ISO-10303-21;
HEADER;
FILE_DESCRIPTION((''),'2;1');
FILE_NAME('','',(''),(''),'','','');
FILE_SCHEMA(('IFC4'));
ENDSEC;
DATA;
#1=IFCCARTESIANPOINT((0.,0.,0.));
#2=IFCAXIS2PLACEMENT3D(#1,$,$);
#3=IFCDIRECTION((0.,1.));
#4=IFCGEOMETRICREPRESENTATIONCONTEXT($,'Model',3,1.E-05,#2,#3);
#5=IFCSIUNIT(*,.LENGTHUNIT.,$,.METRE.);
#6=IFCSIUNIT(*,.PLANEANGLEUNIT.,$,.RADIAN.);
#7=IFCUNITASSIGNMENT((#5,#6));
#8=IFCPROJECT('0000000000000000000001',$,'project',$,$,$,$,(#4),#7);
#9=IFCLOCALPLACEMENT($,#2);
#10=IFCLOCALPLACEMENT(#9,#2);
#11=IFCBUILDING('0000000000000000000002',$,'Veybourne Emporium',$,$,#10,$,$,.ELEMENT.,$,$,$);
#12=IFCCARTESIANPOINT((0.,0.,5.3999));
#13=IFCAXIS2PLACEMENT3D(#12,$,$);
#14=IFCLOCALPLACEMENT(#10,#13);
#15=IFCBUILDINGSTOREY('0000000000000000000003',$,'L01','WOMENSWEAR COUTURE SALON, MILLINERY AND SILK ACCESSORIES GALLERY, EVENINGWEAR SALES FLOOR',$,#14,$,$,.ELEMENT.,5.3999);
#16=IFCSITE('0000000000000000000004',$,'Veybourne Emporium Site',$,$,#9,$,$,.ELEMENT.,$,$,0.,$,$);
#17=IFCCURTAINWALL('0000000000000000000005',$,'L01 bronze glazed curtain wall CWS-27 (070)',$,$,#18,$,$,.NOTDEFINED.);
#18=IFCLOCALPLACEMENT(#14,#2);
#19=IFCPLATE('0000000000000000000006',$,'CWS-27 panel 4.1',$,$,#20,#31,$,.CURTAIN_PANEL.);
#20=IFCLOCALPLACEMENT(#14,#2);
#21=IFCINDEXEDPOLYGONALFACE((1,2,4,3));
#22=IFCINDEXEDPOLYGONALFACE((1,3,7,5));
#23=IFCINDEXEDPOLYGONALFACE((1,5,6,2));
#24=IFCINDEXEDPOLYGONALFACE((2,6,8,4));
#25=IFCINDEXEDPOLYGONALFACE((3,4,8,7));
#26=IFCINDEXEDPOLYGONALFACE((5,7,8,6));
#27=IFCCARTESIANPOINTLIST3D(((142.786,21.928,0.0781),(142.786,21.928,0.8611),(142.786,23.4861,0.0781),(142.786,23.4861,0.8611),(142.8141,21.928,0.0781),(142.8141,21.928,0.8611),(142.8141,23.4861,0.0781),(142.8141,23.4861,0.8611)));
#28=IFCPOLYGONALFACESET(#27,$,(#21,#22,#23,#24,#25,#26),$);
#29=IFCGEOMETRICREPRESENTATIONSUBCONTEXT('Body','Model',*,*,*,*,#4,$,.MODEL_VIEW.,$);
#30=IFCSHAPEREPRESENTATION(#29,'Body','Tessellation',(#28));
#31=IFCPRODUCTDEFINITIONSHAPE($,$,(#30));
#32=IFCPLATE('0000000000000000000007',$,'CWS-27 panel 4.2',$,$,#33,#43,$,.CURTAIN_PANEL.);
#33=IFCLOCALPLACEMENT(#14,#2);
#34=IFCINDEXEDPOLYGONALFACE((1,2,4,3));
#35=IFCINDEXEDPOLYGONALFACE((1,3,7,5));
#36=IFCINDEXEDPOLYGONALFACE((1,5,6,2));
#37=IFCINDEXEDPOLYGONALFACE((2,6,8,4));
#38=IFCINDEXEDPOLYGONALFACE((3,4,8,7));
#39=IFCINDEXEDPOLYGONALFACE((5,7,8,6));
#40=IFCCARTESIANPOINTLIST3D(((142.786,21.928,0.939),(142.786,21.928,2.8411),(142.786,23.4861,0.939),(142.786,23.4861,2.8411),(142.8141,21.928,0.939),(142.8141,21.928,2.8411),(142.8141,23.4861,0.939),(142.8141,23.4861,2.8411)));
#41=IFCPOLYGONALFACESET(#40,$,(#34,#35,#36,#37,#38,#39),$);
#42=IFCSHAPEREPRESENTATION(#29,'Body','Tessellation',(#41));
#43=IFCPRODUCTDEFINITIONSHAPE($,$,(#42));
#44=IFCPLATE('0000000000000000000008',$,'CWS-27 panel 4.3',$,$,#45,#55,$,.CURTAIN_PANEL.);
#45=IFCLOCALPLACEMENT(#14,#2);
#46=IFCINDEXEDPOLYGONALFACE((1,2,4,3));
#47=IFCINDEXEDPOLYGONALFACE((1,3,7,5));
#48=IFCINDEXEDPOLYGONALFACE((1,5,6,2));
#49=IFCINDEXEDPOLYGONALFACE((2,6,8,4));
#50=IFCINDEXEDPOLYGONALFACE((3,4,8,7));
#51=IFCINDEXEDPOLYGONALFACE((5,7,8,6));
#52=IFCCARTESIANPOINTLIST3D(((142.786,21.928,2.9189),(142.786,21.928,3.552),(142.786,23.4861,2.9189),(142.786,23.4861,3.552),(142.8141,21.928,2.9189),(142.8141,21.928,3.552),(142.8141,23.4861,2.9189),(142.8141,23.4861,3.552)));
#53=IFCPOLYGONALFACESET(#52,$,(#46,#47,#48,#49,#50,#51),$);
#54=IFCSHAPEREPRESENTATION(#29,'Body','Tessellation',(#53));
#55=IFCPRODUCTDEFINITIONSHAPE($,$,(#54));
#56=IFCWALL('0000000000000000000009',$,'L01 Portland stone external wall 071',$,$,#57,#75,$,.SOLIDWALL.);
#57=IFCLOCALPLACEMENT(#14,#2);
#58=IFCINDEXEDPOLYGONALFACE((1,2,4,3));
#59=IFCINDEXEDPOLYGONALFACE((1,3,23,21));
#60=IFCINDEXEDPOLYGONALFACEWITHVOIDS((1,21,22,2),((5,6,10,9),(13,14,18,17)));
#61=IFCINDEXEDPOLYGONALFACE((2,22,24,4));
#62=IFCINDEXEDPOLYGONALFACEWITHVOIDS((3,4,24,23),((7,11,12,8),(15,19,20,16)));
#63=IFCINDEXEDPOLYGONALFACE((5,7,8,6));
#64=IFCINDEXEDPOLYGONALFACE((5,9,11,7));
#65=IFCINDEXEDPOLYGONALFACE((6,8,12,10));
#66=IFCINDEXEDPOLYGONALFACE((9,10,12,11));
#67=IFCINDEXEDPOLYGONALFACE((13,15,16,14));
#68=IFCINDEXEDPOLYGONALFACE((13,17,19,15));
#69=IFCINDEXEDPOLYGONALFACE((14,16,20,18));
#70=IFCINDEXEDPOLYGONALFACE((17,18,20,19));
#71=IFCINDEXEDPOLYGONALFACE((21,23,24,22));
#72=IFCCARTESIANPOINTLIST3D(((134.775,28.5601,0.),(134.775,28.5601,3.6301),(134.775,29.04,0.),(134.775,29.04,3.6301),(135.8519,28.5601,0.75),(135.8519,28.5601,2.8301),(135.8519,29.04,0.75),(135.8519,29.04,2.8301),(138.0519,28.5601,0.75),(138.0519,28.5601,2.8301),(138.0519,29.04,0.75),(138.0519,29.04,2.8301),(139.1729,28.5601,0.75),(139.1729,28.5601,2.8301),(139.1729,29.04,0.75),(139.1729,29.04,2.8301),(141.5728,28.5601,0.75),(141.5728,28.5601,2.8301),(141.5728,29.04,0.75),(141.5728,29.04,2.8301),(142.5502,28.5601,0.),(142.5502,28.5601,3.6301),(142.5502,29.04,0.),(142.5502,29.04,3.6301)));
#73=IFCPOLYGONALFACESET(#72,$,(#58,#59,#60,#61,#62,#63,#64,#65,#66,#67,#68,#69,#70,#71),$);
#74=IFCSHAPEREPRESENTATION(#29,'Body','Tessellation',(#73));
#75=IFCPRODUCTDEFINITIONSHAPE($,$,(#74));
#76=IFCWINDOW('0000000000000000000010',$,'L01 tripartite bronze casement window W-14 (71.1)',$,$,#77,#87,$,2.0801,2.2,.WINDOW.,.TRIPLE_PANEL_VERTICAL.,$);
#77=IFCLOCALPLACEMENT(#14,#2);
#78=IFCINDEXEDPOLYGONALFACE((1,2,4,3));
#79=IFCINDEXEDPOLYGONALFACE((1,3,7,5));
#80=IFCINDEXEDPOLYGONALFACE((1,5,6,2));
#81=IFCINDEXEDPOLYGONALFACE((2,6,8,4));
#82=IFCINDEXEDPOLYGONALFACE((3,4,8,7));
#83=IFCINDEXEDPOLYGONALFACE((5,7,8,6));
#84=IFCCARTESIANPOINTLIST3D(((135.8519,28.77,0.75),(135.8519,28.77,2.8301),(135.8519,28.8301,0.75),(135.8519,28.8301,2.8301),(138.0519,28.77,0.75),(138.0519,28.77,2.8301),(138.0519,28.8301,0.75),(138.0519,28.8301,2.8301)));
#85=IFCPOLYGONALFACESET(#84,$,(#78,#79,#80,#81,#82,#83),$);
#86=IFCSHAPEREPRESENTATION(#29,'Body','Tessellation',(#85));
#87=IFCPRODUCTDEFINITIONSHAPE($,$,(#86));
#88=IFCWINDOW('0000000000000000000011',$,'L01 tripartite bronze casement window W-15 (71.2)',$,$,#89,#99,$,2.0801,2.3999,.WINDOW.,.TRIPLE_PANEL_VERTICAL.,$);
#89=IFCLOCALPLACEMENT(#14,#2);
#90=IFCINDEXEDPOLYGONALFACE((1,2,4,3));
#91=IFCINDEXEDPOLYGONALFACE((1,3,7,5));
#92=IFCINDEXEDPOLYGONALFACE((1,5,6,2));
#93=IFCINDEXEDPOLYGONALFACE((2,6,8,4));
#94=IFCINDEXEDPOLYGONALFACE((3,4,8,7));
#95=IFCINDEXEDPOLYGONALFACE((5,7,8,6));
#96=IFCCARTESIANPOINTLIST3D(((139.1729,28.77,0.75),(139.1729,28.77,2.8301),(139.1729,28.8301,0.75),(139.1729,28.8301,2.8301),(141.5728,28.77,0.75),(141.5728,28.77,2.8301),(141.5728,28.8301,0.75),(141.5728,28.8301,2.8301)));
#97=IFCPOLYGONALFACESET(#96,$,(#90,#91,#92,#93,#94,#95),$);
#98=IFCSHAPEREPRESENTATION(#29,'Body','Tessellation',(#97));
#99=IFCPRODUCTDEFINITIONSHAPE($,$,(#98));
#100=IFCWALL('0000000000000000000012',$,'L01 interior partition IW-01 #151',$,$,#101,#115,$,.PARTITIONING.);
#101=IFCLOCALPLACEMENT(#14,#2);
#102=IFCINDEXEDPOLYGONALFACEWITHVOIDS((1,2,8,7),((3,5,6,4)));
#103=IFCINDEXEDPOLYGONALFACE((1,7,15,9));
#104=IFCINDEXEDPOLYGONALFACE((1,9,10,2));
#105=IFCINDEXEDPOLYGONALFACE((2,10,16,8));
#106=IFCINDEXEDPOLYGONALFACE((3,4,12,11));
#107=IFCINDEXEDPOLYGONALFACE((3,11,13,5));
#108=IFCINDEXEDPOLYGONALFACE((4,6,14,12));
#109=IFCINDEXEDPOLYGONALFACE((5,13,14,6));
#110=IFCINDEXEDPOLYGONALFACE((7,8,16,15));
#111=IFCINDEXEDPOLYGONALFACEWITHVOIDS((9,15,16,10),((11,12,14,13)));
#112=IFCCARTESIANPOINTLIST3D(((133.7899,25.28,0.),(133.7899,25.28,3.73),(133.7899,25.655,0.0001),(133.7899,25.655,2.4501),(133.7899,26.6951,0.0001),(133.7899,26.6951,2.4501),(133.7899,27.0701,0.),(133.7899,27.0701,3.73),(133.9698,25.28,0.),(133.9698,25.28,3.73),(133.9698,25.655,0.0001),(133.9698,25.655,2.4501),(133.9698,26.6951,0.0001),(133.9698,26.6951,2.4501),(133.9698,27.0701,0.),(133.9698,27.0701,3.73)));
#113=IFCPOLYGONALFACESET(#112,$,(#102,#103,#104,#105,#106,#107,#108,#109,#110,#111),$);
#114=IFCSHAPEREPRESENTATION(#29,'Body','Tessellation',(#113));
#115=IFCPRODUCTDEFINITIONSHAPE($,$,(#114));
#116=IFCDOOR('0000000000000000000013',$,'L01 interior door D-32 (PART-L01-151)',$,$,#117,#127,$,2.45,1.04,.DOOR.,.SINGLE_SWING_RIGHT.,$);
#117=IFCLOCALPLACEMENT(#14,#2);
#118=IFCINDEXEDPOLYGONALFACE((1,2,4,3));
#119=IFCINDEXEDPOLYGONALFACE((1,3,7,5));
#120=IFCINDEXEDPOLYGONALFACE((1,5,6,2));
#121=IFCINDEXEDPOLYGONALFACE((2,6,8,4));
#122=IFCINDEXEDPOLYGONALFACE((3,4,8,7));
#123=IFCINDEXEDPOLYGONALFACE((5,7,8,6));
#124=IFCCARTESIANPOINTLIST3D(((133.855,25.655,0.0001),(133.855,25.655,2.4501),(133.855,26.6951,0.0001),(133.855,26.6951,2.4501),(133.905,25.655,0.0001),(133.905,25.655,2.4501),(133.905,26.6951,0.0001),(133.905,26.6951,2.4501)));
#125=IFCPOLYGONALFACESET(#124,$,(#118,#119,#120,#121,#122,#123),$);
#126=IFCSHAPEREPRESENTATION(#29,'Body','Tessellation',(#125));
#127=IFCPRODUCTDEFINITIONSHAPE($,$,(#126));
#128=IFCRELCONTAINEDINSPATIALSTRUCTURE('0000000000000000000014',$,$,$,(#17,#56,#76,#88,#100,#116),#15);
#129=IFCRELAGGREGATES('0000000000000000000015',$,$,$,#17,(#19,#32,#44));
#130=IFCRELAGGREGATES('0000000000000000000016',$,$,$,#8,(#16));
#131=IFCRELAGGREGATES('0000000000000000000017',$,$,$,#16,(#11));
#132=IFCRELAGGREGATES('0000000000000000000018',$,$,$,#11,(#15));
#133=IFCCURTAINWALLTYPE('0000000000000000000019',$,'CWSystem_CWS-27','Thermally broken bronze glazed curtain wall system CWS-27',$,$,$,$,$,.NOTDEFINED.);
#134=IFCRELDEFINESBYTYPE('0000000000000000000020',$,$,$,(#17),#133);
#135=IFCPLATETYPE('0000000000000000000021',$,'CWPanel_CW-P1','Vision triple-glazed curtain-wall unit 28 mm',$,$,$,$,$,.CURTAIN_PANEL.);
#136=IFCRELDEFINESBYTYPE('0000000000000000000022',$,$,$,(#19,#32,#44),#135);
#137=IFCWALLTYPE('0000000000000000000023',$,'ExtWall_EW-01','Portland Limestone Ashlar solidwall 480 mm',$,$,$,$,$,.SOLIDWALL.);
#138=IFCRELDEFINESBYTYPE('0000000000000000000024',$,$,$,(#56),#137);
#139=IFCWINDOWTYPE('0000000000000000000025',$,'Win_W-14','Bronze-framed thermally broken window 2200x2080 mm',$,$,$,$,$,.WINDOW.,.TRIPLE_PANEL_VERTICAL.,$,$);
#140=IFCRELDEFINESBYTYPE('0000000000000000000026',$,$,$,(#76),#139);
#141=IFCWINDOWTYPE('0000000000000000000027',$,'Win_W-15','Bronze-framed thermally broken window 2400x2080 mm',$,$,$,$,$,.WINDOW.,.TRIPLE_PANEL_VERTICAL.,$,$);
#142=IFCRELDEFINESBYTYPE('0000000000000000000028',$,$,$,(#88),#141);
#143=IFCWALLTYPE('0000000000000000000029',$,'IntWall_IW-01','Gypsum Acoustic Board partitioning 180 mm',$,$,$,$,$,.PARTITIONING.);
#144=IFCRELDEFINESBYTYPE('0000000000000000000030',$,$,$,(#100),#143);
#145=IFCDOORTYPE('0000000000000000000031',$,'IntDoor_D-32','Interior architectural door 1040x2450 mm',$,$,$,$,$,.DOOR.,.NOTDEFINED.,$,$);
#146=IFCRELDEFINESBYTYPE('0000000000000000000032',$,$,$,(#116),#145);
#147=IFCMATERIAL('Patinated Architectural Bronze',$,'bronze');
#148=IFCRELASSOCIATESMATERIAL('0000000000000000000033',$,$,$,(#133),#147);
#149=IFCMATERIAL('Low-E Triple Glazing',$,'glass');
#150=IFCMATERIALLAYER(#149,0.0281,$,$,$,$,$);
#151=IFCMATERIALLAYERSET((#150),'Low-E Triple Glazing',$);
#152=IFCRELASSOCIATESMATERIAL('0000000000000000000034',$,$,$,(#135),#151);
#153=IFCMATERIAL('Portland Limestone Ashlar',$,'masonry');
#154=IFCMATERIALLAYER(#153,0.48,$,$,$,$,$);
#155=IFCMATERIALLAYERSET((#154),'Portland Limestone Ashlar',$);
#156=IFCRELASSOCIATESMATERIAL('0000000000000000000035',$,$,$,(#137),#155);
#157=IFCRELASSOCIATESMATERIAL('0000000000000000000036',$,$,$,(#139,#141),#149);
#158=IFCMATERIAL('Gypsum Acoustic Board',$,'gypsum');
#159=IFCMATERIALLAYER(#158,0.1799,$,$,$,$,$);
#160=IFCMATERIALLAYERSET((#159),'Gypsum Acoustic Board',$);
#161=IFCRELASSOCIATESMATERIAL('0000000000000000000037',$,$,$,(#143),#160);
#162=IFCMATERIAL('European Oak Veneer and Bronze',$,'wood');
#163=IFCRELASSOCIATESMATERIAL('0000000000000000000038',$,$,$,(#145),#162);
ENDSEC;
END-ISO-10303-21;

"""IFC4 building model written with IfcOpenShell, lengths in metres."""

from ifc_helpers import new_model, si_unit, direction, frame, frame_2d, origin, origin_2d, place, context, subcontext, project, spatial, rectangle, extrude, material, layer, layer_set, type_object, element, fill, aggregate, save


model = new_model("IFC4")

# Units and contexts
model_context = context("Model", 3, precision=1e-05, world=origin(), true_north=direction((0.0, 1.0)))
body_context = subcontext(model_context, "Body", "Model", "MODEL_VIEW")
ifc_project = project(units=[si_unit("LENGTHUNIT", "METRE"), si_unit("PLANEANGLEUNIT", "RADIAN")], contexts=[model_context])

# Site, building, storey
site_placement = place(None, origin())
site = spatial("IfcSite", under=ifc_project, at=site_placement, Name="Veybourne Emporium Site", CompositionType="ELEMENT", RefElevation=0.0)
building_placement = place(site_placement, origin())
building = spatial("IfcBuilding", under=site, at=building_placement, Name="Veybourne Emporium", CompositionType="ELEMENT")
storey_placement = place(building_placement, frame((0.0, 0.0, 5.3999)))
storey = spatial("IfcBuildingStorey", under=building, at=storey_placement, Name="L01", Description="WOMENSWEAR COUTURE SALON, MILLINERY AND SILK ACCESSORIES GALLERY, EVENINGWEAR SALES FLOOR", CompositionType="ELEMENT", Elevation=5.3999)

# Curtain wall
ifc_material_1 = material(Name="Patinated Architectural Bronze", Category="bronze")
curtain_wall_type = type_object("IfcCurtainWallType", Name="CWSystem_CWS-27", Description="Thermally broken bronze glazed curtain wall system CWS-27", PredefinedType="NOTDEFINED", material=ifc_material_1)
curtain_wall_placement = place(storey_placement, origin())
curtain_wall = element("IfcCurtainWall", 1, at=curtain_wall_placement, inside=storey, type_object=curtain_wall_type, Name="L01 bronze glazed curtain wall CWS-27 (070)", PredefinedType="NOTDEFINED")

# Plates
ifc_material_2 = material(Name="Low-E Triple Glazing", Category="glass")
ifc_layer_1 = layer(ifc_material_2, 0.0281)
ifc_layer_set_1 = layer_set([ifc_layer_1], Name="Low-E Triple Glazing")
plate_type = type_object("IfcPlateType", Name="CWPanel_CW-P1", Description="Vision triple-glazed curtain-wall unit 28 mm", PredefinedType="CURTAIN_PANEL", material=ifc_layer_set_1)
plate_1_placement = place(storey_placement, frame((142.8, 22.707, 0.0781), z_axis=(0.0, 0.0, 1.0), x_axis=(0.0, -1.0, 0.0)))
plate_1 = element("IfcPlate", 2, at=plate_1_placement, type_object=plate_type, Name="CWS-27 panel 4.1", PredefinedType="CURTAIN_PANEL", context=body_context, shape_type="SweptSolid", body=[
    extrude(rectangle(XDim=1.5581, YDim=0.0281, at=origin_2d()), origin(), (0.0, 0.0, 1.0), 0.783),
])
plate_2_placement = place(storey_placement, frame((142.8, 22.707, 0.939), z_axis=(0.0, 0.0, 1.0), x_axis=(0.0, -1.0, 0.0)))
plate_2 = element("IfcPlate", 3, at=plate_2_placement, type_object=plate_type, Name="CWS-27 panel 4.2", PredefinedType="CURTAIN_PANEL", context=body_context, shape_type="SweptSolid", body=[
    extrude(rectangle(XDim=1.5581, YDim=0.0281, at=origin_2d()), origin(), (0.0, 0.0, 1.0), 1.9021),
])
plate_3_placement = place(storey_placement, frame((142.8, 22.707, 2.9189), z_axis=(0.0, 0.0, 1.0), x_axis=(0.0, -1.0, 0.0)))
plate_3 = element("IfcPlate", 4, at=plate_3_placement, type_object=plate_type, Name="CWS-27 panel 4.3", PredefinedType="CURTAIN_PANEL", context=body_context, shape_type="SweptSolid", body=[
    extrude(rectangle(XDim=1.5581, YDim=0.0281, at=origin_2d()), origin(), (0.0, 0.0, 1.0), 0.6331),
])
aggregate(curtain_wall, [plate_1, plate_2, plate_3])

# Wall, openings, windows
ifc_material_3 = material(Name="Portland Limestone Ashlar", Category="masonry")
ifc_layer_2 = layer(ifc_material_3, 0.48)
ifc_layer_set_2 = layer_set([ifc_layer_2], Name="Portland Limestone Ashlar")
wall_type_1 = type_object("IfcWallType", Name="ExtWall_EW-01", Description="Portland Limestone Ashlar solidwall 480 mm", PredefinedType="SOLIDWALL", material=ifc_layer_set_2)
wall_1_placement = place(storey_placement, frame((134.7749, 28.8, 0.0), z_axis=(0.0, 0.0, 1.0), x_axis=(1.0, 0.0, 0.0)))
wall_1 = element("IfcWall", 5, at=wall_1_placement, inside=storey, type_object=wall_type_1, Name="L01 Portland stone external wall 071", PredefinedType="SOLIDWALL", context=body_context, shape_type="SweptSolid", body=[
    extrude(rectangle(XDim=7.7751, YDim=0.48, at=frame_2d((3.8877, 0.0))), origin(), (0.0, 0.0, 1.0), 3.6301),
])
opening_1_placement = place(wall_1_placement, frame((1.0769, 0.0, 0.75)))
opening_1 = element("IfcOpeningElement", 6, at=opening_1_placement, cuts=wall_1, PredefinedType="OPENING", context=body_context, shape_type="SweptSolid", body=[
    extrude(rectangle(XDim=2.2, YDim=2.0801, at=frame_2d((1.1001, 1.04))), frame((0.0, 0.26, 0.0), z_axis=(0.0, -1.0, 0.0), x_axis=(1.0, 0.0, 0.0)), (0.0, 0.0, 1.0), 0.52),
])
opening_2_placement = place(wall_1_placement, frame((4.3979, 0.0, 0.75)))
opening_2 = element("IfcOpeningElement", 7, at=opening_2_placement, cuts=wall_1, PredefinedType="OPENING", context=body_context, shape_type="SweptSolid", body=[
    extrude(rectangle(XDim=2.3999, YDim=2.0801, at=frame_2d((1.2, 1.04))), frame((0.0, 0.26, 0.0), z_axis=(0.0, -1.0, 0.0), x_axis=(1.0, 0.0, 0.0)), (0.0, 0.0, 1.0), 0.52),
])
window_type_1 = type_object("IfcWindowType", Name="Win_W-14", Description="Bronze-framed thermally broken window 2200x2080 mm", PartitioningType="TRIPLE_PANEL_VERTICAL", PredefinedType="WINDOW", material=ifc_material_2)
window_1_placement = place(opening_1_placement, origin())
window_1 = element("IfcWindow", 8, at=window_1_placement, inside=storey, type_object=window_type_1, Name="L01 tripartite bronze casement window W-14 (71.1)", OverallHeight=2.0801, OverallWidth=2.2, PartitioningType="TRIPLE_PANEL_VERTICAL", PredefinedType="WINDOW", context=body_context, shape_type="SweptSolid", body=[
    extrude(rectangle(XDim=2.2, YDim=2.0801, at=frame_2d((1.1001, 1.04))), frame((0.0, 0.03, 0.0), z_axis=(0.0, -1.0, 0.0), x_axis=(1.0, 0.0, 0.0)), (0.0, 0.0, 1.0), 0.0601),
])
fill(opening_1, window_1)
window_type_2 = type_object("IfcWindowType", Name="Win_W-15", Description="Bronze-framed thermally broken window 2400x2080 mm", PartitioningType="TRIPLE_PANEL_VERTICAL", PredefinedType="WINDOW", material=ifc_material_2)
window_2_placement = place(opening_2_placement, origin())
window_2 = element("IfcWindow", 9, at=window_2_placement, inside=storey, type_object=window_type_2, Name="L01 tripartite bronze casement window W-15 (71.2)", OverallHeight=2.0801, OverallWidth=2.3999, PartitioningType="TRIPLE_PANEL_VERTICAL", PredefinedType="WINDOW", context=body_context, shape_type="SweptSolid", body=[
    extrude(rectangle(XDim=2.3999, YDim=2.0801, at=frame_2d((1.2, 1.04))), frame((0.0, 0.03, 0.0), z_axis=(0.0, -1.0, 0.0), x_axis=(1.0, 0.0, 0.0)), (0.0, 0.0, 1.0), 0.0601),
])
fill(opening_2, window_2)

# Wall, opening, door
ifc_material_4 = material(Name="Gypsum Acoustic Board", Category="gypsum")
ifc_layer_3 = layer(ifc_material_4, 0.1799)
ifc_layer_set_3 = layer_set([ifc_layer_3], Name="Gypsum Acoustic Board")
wall_type_2 = type_object("IfcWallType", Name="IntWall_IW-01", Description="Gypsum Acoustic Board partitioning 180 mm", PredefinedType="PARTITIONING", material=ifc_layer_set_3)
wall_2_placement = place(storey_placement, frame((133.8799, 25.28, 0.0), z_axis=(0.0, 0.0, 1.0), x_axis=(0.0, 1.0, 0.0)))
wall_2 = element("IfcWall", 10, at=wall_2_placement, inside=storey, type_object=wall_type_2, Name="L01 interior partition IW-01 #151", PredefinedType="PARTITIONING", context=body_context, shape_type="SweptSolid", body=[
    extrude(rectangle(XDim=1.79, YDim=0.1799, at=frame_2d((0.895, 0.0))), origin(), (0.0, 0.0, 1.0), 3.73),
])
opening_3_placement = place(wall_2_placement, frame((0.375, 0.0, 0.0)))
opening_3 = element("IfcOpeningElement", 11, at=opening_3_placement, cuts=wall_2, PredefinedType="OPENING", context=body_context, shape_type="SweptSolid", body=[
    extrude(rectangle(XDim=1.04, YDim=2.45, at=frame_2d((0.52, 1.2251))), frame((0.0, 0.1099, 0.0), z_axis=(0.0, -1.0, 0.0), x_axis=(1.0, 0.0, 0.0)), (0.0, 0.0, 1.0), 0.22),
])
ifc_material_5 = material(Name="European Oak Veneer and Bronze", Category="wood")
door_type = type_object("IfcDoorType", Name="IntDoor_D-32", Description="Interior architectural door 1040x2450 mm", OperationType="NOTDEFINED", PredefinedType="DOOR", material=ifc_material_5)
door_placement = place(opening_3_placement, origin())
door = element("IfcDoor", 12, at=door_placement, inside=storey, type_object=door_type, Name="L01 interior door D-32 (PART-L01-151)", OperationType="SINGLE_SWING_RIGHT", OverallHeight=2.45, OverallWidth=1.04, PredefinedType="DOOR", context=body_context, shape_type="SweptSolid", body=[
    extrude(rectangle(XDim=1.04, YDim=2.45, at=frame_2d((0.52, 1.2251))), frame((0.0, 0.0249, 0.0), z_axis=(0.0, -1.0, 0.0), x_axis=(1.0, 0.0, 0.0)), (0.0, 0.0, 1.0), 0.05),
])
fill(opening_3, door)

save(model, "model.ifc")
